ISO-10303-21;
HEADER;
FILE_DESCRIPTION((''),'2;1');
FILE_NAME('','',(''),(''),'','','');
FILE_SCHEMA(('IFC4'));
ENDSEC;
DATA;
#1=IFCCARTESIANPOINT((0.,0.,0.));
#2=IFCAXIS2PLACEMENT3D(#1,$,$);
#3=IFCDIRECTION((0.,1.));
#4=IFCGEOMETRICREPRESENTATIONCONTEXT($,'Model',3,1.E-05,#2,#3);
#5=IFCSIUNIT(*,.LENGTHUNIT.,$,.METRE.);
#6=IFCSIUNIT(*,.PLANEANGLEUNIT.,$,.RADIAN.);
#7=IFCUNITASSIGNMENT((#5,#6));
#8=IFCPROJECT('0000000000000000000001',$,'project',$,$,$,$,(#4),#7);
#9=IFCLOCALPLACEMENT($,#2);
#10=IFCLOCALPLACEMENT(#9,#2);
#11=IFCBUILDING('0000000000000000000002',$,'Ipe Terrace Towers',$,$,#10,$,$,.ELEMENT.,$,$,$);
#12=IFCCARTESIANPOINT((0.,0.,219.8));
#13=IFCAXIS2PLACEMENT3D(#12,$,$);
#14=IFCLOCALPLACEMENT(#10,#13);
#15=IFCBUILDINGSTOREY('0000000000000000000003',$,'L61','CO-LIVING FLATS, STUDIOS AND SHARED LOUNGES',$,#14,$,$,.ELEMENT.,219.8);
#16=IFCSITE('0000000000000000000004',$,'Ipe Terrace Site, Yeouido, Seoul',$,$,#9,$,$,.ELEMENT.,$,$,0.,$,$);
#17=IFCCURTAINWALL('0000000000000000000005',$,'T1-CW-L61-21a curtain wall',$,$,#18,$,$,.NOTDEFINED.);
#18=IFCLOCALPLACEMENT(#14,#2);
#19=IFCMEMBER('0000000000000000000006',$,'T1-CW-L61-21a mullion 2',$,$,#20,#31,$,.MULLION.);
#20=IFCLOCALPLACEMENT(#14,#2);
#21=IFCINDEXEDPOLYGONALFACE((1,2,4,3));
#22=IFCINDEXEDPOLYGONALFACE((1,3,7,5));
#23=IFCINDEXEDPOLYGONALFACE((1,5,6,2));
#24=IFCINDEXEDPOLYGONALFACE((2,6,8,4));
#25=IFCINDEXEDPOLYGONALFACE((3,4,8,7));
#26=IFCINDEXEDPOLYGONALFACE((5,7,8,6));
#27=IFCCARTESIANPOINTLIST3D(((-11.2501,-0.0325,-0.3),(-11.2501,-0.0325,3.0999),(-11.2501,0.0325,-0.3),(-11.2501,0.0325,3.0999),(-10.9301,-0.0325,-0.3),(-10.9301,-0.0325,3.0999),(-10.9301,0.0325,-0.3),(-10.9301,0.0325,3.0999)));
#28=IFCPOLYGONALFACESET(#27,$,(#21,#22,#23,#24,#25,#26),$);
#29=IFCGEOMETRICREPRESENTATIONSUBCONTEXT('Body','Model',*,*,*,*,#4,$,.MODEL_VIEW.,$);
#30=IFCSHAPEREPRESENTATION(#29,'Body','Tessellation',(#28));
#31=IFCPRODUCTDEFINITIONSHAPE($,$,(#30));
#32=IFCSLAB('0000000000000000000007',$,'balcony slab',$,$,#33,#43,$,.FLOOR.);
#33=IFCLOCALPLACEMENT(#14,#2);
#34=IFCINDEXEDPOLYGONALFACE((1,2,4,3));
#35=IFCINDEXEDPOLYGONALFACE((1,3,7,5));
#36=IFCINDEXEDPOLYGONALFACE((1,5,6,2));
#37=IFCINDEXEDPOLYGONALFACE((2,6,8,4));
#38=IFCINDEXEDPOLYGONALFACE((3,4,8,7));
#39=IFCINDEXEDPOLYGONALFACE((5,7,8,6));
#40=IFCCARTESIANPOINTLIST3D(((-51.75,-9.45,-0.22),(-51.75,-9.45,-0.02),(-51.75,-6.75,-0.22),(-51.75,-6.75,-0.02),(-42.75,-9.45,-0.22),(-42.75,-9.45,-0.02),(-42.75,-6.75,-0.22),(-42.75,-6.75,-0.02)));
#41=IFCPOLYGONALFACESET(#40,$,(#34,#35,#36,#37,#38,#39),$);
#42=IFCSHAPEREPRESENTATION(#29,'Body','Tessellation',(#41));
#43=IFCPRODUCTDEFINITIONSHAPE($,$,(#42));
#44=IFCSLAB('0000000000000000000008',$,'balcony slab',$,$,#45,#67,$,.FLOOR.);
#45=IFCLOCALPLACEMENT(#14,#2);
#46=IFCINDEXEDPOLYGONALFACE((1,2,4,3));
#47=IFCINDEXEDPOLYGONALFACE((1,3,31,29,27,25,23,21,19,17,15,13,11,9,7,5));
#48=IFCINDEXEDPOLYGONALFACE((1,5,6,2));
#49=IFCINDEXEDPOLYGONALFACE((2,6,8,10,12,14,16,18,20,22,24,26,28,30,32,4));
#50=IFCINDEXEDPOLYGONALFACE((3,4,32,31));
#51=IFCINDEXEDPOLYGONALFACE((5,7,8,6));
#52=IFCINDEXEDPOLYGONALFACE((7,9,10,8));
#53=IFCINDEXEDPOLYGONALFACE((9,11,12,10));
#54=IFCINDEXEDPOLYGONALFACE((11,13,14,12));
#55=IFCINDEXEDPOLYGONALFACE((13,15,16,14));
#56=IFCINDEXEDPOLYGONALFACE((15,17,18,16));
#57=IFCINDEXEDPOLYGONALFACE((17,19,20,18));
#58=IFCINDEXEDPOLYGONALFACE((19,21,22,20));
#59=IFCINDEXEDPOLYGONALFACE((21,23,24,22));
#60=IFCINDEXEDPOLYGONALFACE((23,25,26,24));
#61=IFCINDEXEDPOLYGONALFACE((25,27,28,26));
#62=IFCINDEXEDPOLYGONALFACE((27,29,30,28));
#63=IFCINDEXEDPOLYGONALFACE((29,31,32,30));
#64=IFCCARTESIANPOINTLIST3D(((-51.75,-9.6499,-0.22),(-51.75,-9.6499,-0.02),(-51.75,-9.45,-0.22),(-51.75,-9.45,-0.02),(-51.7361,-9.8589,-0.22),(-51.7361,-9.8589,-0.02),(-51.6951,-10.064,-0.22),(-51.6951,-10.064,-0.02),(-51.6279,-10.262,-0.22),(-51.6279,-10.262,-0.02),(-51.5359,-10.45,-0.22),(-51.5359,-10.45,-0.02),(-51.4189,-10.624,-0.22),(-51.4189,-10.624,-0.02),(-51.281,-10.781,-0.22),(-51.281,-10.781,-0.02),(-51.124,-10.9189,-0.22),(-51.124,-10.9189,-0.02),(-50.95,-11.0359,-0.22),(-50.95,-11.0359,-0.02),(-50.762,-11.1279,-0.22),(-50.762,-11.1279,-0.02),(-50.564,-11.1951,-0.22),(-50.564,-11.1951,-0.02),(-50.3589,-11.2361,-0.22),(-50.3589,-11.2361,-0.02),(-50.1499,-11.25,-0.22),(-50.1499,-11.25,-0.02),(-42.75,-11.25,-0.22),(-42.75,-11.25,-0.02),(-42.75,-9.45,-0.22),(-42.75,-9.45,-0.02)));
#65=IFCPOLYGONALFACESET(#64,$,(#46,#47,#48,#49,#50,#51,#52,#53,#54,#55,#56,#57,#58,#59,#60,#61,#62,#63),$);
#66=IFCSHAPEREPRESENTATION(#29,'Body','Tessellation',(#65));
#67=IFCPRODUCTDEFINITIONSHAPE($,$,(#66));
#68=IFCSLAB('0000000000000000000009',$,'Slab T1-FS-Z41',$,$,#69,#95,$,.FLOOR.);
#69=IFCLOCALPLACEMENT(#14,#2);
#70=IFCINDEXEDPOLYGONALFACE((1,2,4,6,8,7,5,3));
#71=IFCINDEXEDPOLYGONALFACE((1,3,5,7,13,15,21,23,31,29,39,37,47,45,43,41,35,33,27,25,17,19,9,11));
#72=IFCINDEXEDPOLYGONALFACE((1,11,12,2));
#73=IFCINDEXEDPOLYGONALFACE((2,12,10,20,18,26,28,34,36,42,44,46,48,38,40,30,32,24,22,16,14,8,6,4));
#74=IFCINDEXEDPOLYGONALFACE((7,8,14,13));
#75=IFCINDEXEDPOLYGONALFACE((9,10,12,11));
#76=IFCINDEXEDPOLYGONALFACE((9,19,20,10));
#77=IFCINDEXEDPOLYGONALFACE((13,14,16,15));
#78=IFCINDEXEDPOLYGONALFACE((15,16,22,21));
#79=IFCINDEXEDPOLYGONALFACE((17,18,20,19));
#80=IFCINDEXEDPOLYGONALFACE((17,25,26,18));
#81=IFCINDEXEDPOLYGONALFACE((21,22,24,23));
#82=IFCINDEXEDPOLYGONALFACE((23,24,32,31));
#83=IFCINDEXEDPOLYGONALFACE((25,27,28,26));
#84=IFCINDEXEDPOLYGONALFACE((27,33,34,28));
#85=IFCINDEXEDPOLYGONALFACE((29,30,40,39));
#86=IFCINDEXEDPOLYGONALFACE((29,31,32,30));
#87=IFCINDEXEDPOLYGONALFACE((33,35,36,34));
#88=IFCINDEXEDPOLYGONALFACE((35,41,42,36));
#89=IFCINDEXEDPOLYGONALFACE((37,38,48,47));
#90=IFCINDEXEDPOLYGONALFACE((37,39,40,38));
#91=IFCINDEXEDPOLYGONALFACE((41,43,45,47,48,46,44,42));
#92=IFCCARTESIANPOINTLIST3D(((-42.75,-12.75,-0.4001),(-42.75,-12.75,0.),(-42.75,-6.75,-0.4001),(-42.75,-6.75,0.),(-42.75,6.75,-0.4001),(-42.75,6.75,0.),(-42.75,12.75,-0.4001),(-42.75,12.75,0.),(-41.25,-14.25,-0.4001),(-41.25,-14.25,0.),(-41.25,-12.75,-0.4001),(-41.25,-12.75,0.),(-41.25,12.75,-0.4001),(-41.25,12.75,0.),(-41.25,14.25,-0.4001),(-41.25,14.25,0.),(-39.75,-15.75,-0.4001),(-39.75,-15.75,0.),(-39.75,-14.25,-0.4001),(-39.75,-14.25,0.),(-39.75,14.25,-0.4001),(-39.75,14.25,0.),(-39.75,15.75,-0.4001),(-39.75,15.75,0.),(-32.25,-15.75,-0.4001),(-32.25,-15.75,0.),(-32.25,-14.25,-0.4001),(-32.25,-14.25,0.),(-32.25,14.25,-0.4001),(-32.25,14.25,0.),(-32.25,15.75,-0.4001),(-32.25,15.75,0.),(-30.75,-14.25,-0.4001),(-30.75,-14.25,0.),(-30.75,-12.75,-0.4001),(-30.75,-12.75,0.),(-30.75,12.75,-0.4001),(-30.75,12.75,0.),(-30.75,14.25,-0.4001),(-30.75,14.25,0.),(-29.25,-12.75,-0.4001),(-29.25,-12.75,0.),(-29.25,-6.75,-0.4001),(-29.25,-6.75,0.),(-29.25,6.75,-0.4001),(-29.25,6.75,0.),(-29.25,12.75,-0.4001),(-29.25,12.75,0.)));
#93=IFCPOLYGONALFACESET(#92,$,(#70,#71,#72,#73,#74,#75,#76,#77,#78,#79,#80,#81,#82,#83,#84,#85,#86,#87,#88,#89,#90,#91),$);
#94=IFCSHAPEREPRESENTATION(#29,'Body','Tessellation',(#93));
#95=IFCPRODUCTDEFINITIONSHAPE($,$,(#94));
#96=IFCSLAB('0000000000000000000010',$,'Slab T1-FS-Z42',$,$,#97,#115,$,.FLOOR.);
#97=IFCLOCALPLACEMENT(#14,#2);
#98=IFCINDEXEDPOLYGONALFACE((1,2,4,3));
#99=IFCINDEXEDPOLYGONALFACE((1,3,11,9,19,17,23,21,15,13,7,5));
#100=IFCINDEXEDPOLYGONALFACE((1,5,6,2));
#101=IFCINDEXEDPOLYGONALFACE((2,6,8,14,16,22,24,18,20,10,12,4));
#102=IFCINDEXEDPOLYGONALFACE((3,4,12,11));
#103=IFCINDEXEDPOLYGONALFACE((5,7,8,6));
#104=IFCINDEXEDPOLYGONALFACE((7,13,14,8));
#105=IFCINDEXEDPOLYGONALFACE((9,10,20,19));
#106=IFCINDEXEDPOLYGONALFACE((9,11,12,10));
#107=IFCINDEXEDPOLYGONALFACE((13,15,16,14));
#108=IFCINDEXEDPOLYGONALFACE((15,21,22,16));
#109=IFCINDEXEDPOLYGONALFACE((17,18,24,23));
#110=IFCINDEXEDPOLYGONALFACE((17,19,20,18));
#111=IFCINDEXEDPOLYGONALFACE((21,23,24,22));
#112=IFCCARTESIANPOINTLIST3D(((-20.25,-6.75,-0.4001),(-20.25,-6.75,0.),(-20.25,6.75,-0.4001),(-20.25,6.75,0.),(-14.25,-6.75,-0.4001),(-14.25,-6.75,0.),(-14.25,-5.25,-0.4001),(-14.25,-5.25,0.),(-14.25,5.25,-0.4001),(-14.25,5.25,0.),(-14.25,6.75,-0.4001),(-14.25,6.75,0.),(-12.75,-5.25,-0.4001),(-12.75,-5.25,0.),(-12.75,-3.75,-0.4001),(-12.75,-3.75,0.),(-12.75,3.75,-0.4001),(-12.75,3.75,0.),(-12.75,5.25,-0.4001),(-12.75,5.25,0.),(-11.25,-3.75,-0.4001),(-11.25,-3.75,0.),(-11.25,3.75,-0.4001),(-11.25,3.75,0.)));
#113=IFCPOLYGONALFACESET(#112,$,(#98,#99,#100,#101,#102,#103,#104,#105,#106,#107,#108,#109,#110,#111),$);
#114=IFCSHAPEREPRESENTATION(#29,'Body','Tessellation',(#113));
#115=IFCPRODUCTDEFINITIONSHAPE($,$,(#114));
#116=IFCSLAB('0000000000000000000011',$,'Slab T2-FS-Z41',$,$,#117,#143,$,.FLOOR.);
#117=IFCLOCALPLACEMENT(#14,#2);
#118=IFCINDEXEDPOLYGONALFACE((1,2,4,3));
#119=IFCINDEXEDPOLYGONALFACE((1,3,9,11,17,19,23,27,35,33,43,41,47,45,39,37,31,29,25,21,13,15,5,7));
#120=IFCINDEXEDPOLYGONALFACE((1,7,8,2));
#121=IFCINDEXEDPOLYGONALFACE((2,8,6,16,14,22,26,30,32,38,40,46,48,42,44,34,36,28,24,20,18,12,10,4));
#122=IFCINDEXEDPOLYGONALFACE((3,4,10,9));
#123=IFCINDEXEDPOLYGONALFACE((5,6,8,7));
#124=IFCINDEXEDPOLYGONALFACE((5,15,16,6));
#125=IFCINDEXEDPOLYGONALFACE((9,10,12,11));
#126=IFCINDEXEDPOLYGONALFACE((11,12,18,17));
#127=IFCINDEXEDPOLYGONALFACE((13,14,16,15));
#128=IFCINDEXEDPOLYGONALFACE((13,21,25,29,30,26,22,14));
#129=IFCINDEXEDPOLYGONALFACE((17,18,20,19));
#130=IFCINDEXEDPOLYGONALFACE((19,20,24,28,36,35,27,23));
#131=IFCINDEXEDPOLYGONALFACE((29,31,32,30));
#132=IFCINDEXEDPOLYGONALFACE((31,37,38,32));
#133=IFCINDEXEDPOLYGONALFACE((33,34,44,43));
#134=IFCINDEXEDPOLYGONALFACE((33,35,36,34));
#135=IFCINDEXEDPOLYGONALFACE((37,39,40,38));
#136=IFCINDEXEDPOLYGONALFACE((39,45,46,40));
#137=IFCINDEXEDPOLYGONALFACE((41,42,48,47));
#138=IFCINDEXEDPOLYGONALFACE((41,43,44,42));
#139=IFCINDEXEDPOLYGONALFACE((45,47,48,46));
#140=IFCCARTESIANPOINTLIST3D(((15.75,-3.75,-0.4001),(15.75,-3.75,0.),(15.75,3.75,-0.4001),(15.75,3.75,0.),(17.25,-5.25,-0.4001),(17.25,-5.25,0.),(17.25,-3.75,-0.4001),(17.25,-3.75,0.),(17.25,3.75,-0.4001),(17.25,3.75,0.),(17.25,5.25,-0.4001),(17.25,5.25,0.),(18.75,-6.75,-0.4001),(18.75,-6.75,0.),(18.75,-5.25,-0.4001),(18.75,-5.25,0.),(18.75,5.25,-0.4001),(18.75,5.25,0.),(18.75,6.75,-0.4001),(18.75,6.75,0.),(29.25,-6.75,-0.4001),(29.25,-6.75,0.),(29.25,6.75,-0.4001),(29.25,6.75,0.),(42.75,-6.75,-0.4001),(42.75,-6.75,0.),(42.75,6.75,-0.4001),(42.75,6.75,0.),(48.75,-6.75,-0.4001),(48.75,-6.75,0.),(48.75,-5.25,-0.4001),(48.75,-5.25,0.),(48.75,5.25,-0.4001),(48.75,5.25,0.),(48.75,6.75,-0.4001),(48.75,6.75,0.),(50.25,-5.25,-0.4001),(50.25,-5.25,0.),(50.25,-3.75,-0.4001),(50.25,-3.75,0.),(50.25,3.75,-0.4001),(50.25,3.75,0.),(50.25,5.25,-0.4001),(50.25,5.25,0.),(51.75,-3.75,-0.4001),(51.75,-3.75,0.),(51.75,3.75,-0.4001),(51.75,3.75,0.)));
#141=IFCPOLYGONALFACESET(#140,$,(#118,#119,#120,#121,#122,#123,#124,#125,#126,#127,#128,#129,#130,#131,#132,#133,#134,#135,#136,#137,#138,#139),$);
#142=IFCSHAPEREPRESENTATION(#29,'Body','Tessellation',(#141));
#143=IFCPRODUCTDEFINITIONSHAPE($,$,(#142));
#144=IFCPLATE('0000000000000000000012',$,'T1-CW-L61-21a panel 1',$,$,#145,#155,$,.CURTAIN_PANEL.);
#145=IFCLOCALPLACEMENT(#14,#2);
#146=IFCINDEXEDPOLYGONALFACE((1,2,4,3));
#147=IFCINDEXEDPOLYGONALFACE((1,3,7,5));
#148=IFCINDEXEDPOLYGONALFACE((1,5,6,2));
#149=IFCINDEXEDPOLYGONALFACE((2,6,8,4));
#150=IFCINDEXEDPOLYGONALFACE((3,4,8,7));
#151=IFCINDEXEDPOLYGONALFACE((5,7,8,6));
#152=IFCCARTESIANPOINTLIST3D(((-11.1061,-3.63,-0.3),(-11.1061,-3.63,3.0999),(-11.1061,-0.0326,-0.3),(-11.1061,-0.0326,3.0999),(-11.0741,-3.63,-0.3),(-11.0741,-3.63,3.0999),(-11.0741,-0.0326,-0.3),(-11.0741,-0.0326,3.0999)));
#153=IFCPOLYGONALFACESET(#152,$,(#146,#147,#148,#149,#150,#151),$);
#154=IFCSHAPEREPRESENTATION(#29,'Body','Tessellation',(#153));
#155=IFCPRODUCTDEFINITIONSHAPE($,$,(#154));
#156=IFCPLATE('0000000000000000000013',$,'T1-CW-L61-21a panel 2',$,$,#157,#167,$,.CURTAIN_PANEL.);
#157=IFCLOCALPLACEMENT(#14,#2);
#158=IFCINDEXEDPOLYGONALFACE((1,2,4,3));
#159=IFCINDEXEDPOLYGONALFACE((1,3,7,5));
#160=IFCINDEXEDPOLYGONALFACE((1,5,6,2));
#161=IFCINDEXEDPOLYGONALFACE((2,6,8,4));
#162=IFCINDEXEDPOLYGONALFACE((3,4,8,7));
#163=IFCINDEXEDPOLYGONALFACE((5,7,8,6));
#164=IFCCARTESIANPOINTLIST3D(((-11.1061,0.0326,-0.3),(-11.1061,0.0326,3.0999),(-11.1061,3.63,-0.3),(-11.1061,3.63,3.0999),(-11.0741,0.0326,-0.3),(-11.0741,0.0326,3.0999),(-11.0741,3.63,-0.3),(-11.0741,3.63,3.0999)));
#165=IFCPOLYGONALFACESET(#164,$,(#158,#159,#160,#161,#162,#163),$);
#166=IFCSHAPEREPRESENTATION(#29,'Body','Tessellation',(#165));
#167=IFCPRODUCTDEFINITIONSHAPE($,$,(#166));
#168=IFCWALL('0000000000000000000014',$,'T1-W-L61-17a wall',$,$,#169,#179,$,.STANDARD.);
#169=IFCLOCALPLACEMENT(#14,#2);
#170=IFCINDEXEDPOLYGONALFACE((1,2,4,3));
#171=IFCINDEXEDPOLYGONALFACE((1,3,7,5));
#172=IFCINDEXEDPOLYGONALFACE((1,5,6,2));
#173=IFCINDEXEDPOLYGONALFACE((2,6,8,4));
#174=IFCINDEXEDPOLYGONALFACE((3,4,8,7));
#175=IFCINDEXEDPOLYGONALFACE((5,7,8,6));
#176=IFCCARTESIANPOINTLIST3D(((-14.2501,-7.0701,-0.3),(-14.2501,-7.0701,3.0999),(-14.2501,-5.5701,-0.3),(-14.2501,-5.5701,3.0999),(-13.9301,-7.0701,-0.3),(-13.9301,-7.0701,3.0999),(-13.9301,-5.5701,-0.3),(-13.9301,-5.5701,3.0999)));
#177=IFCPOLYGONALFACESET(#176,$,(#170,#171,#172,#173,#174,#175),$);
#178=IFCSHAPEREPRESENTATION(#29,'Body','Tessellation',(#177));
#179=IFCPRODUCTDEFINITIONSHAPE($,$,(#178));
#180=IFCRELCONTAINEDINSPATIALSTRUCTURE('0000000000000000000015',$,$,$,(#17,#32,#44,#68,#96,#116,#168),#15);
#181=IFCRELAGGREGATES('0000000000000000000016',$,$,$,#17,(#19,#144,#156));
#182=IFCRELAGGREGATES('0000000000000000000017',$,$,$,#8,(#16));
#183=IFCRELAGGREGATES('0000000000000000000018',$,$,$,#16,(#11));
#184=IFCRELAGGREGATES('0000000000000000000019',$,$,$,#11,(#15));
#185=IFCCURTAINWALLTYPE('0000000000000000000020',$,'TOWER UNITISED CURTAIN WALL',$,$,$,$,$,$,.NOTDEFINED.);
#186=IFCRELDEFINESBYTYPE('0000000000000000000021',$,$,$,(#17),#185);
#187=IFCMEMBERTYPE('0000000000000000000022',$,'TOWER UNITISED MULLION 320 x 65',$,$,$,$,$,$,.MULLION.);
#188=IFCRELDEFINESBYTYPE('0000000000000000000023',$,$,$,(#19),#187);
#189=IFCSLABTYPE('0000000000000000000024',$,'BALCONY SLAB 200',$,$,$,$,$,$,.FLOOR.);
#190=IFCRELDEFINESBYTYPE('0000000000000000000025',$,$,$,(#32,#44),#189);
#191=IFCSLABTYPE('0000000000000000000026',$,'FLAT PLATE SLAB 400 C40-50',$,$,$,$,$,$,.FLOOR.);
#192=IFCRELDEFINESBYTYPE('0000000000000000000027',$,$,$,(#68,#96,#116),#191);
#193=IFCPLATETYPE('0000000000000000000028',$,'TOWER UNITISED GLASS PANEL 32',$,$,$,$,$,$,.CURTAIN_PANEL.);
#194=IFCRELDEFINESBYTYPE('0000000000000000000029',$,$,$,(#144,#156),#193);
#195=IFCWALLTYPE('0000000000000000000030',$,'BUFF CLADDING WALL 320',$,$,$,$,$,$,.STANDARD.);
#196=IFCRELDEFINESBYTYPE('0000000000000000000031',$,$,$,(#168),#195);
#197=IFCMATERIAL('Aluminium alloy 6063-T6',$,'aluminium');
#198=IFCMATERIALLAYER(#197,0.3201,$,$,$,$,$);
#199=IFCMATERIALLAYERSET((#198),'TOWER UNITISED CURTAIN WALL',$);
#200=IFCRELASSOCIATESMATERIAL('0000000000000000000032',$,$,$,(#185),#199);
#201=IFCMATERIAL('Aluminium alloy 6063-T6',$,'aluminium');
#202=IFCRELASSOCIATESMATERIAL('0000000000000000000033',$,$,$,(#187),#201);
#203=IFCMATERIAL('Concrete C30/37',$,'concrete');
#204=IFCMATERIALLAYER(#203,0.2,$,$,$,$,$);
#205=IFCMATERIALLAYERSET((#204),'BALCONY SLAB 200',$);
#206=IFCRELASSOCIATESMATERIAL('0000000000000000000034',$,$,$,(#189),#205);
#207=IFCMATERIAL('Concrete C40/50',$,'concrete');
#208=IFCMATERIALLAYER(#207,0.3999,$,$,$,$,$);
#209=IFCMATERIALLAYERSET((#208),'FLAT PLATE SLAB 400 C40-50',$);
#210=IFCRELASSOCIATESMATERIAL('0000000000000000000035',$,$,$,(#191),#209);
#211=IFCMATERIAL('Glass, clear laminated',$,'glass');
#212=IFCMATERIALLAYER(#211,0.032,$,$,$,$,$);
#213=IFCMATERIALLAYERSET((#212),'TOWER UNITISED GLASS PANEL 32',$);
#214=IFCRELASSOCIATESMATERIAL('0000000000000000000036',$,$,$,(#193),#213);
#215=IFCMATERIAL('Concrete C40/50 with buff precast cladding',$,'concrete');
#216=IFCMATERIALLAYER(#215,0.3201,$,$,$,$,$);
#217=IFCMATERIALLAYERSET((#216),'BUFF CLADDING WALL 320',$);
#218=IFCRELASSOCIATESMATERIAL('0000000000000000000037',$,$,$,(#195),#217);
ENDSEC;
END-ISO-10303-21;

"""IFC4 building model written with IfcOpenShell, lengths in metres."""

from ifc_helpers import new_model, si_unit, direction, frame, frame_2d, origin, origin_2d, place, context, subcontext, project, spatial, polyline, rectangle, outline, extrude, material, layer, layer_set, material_profile, profile_set, type_object, element, aggregate, save


model = new_model("IFC4")

# Units and contexts
model_context = context("Model", 3, precision=1e-05, world=origin(), true_north=direction((0.0, 1.0)))
body_context = subcontext(model_context, "Body", "Model", "MODEL_VIEW")
ifc_project = project(units=[si_unit("LENGTHUNIT", "METRE"), si_unit("PLANEANGLEUNIT", "RADIAN")], contexts=[model_context])

# Site, building, storey
site_placement = place(None, origin())
site = spatial("IfcSite", under=ifc_project, at=site_placement, Name="Ipe Terrace Site, Yeouido, Seoul", CompositionType="ELEMENT", RefElevation=0.0)
building_placement = place(site_placement, origin())
building = spatial("IfcBuilding", under=site, at=building_placement, Name="Ipe Terrace Towers", CompositionType="ELEMENT")
storey_placement = place(building_placement, frame((0.0, 0.0, 219.8)))
storey = spatial("IfcBuildingStorey", under=building, at=storey_placement, Name="L61", Description="CO-LIVING FLATS, STUDIOS AND SHARED LOUNGES", CompositionType="ELEMENT", Elevation=219.8)

# Curtain wall, member
ifc_material_1 = material(Name="Aluminium alloy 6063-T6", Category="aluminium")
ifc_layer_1 = layer(ifc_material_1, 0.3201)
ifc_layer_set_1 = layer_set([ifc_layer_1], Name="TOWER UNITISED CURTAIN WALL")
curtain_wall_type = type_object("IfcCurtainWallType", Name="TOWER UNITISED CURTAIN WALL", PredefinedType="NOTDEFINED", material=ifc_layer_set_1)
curtain_wall_placement = place(storey_placement, origin())
curtain_wall = element("IfcCurtainWall", 1, at=curtain_wall_placement, inside=storey, type_object=curtain_wall_type, Name="T1-CW-L61-21a curtain wall", PredefinedType="NOTDEFINED")
ifc_material_2 = material(Name="Aluminium alloy 6063-T6", Category="aluminium")
ifc_material_profile_1 = material_profile(ifc_material_2, rectangle(XDim=0.3201, YDim=0.0649, at=origin_2d()), Name="TOWER UNITISED MULLION 320 x 65")
ifc_profile_set_1 = profile_set([ifc_material_profile_1], Name="Aluminium alloy 6063-T6")
member_type_1 = type_object("IfcMemberType", Name="TOWER UNITISED MULLION 320 x 65", PredefinedType="MULLION", material=ifc_profile_set_1)
member_1_placement = place(storey_placement, frame((-11.0901, 0.0, -0.3), z_axis=(0.0, 0.0, 1.0), x_axis=(1.0, 0.0, 0.0)))
member_1 = element("IfcMember", 2, at=member_1_placement, type_object=member_type_1, Name="T1-CW-L61-21a mullion 2", PredefinedType="MULLION", context=body_context, shape_type="SweptSolid", body=[
    extrude(rectangle(XDim=0.3201, YDim=0.0649, at=origin_2d()), origin(), (0.0, 0.0, 1.0), 3.3999),
])

# Slabs
ifc_material_3 = material(Name="Concrete C30/37", Category="concrete")
ifc_layer_2 = layer(ifc_material_3, 0.2)
ifc_layer_set_2 = layer_set([ifc_layer_2], Name="BALCONY SLAB 200")
slab_type_1 = type_object("IfcSlabType", Name="BALCONY SLAB 200", PredefinedType="FLOOR", material=ifc_layer_set_2)
slab_1_placement = place(storey_placement, frame((0.0, 0.0, -0.22)))
element("IfcSlab", 3, at=slab_1_placement, inside=storey, type_object=slab_type_1, Name="balcony slab", PredefinedType="FLOOR", context=body_context, shape_type="SweptSolid", body=[
    extrude(outline(polyline([(-51.75, -6.75), (-51.75, -9.45), (-42.75, -9.45), (-42.75, -6.75), (-51.75, -6.75)])), origin(), (0.0, 0.0, 1.0), 0.2),
])
slab_2_placement = place(storey_placement, frame((0.0, 0.0, -0.22)))
element("IfcSlab", 4, at=slab_2_placement, inside=storey, type_object=slab_type_1, Name="balcony slab", PredefinedType="FLOOR", context=body_context, shape_type="SweptSolid", body=[
    extrude(outline(polyline([(-42.75, -11.25), (-42.75, -9.45), (-51.75, -9.45), (-51.75, -9.6499), (-51.7361, -9.8589), (-51.6951, -10.064), (-51.6279, -10.262), (-51.5359, -10.45), (-51.4189, -10.624), (-51.281, -10.781), (-51.124, -10.9189), (-50.95, -11.0359), (-50.762, -11.1279), (-50.564, -11.1951), (-50.3589, -11.2361), (-50.1499, -11.25), (-42.75, -11.25)])), origin(), (0.0, 0.0, 1.0), 0.2),
])
ifc_material_4 = material(Name="Concrete C40/50", Category="concrete")
ifc_layer_3 = layer(ifc_material_4, 0.3999)
ifc_layer_set_3 = layer_set([ifc_layer_3], Name="FLAT PLATE SLAB 400 C40-50")
slab_type_2 = type_object("IfcSlabType", Name="FLAT PLATE SLAB 400 C40-50", PredefinedType="FLOOR", material=ifc_layer_set_3)
slab_3_placement = place(storey_placement, frame((0.0, 0.0, -0.4001)))
element("IfcSlab", 5, at=slab_3_placement, inside=storey, type_object=slab_type_2, Name="Slab T1-FS-Z41", PredefinedType="FLOOR", context=body_context, shape_type="SweptSolid", body=[
    extrude(outline(polyline([(-30.75, -12.75), (-30.75, -14.25), (-32.25, -14.25), (-32.25, -15.75), (-39.75, -15.75), (-39.75, -14.25), (-41.25, -14.25), (-41.25, -12.75), (-42.75, -12.75), (-42.75, -6.75), (-42.75, 6.75), (-42.75, 12.75), (-41.25, 12.75), (-41.25, 14.25), (-39.75, 14.25), (-39.75, 15.75), (-32.25, 15.75), (-32.25, 14.25), (-30.75, 14.25), (-30.75, 12.75), (-29.25, 12.75), (-29.25, 6.75), (-29.25, -6.75), (-29.25, -12.75), (-30.75, -12.75)])), origin(), (0.0, 0.0, 1.0), 0.4001),
])
slab_4_placement = place(storey_placement, frame((0.0, 0.0, -0.4001)))
element("IfcSlab", 6, at=slab_4_placement, inside=storey, type_object=slab_type_2, Name="Slab T1-FS-Z42", PredefinedType="FLOOR", context=body_context, shape_type="SweptSolid", body=[
    extrude(outline(polyline([(-14.25, 5.25), (-12.75, 5.25), (-12.75, 3.75), (-11.25, 3.75), (-11.25, -3.75), (-12.75, -3.75), (-12.75, -5.25), (-14.25, -5.25), (-14.25, -6.75), (-20.25, -6.75), (-20.25, 6.75), (-14.25, 6.75), (-14.25, 5.25)])), origin(), (0.0, 0.0, 1.0), 0.4001),
])
slab_5_placement = place(storey_placement, frame((0.0, 0.0, -0.4001)))
element("IfcSlab", 7, at=slab_5_placement, inside=storey, type_object=slab_type_2, Name="Slab T2-FS-Z41", PredefinedType="FLOOR", context=body_context, shape_type="SweptSolid", body=[
    extrude(outline(polyline([(48.75, 5.25), (50.25, 5.25), (50.25, 3.75), (51.75, 3.75), (51.75, -3.75), (50.25, -3.75), (50.25, -5.25), (48.75, -5.25), (48.75, -6.75), (42.75, -6.75), (29.25, -6.75), (18.75, -6.75), (18.75, -5.25), (17.25, -5.25), (17.25, -3.75), (15.75, -3.75), (15.75, 3.75), (17.25, 3.75), (17.25, 5.25), (18.75, 5.25), (18.75, 6.75), (29.25, 6.75), (42.75, 6.75), (48.75, 6.75), (48.75, 5.25)])), origin(), (0.0, 0.0, 1.0), 0.4001),
])

# Plates
ifc_material_5 = material(Name="Glass, clear laminated", Category="glass")
ifc_layer_4 = layer(ifc_material_5, 0.032)
ifc_layer_set_4 = layer_set([ifc_layer_4], Name="TOWER UNITISED GLASS PANEL 32")
plate_type = type_object("IfcPlateType", Name="TOWER UNITISED GLASS PANEL 32", PredefinedType="CURTAIN_PANEL", material=ifc_layer_set_4)
plate_1_placement = place(storey_placement, frame((-11.0901, -1.8313, -0.3), z_axis=(0.0, 0.0, 1.0), x_axis=(0.0, 1.0, 0.0)))
plate_1 = element("IfcPlate", 8, at=plate_1_placement, type_object=plate_type, Name="T1-CW-L61-21a panel 1", PredefinedType="CURTAIN_PANEL", context=body_context, shape_type="SweptSolid", body=[
    extrude(rectangle(XDim=3.5974, YDim=0.032, at=origin_2d()), origin(), (0.0, 0.0, 1.0), 3.3999),
])
plate_2_placement = place(storey_placement, frame((-11.0901, 1.8313, -0.3), z_axis=(0.0, 0.0, 1.0), x_axis=(0.0, 1.0, 0.0)))
plate_2 = element("IfcPlate", 9, at=plate_2_placement, type_object=plate_type, Name="T1-CW-L61-21a panel 2", PredefinedType="CURTAIN_PANEL", context=body_context, shape_type="SweptSolid", body=[
    extrude(rectangle(XDim=3.5974, YDim=0.032, at=origin_2d()), origin(), (0.0, 0.0, 1.0), 3.3999),
])
aggregate(curtain_wall, [member_1, plate_1, plate_2])

# Wall
ifc_material_6 = material(Name="Concrete C40/50 with buff precast cladding", Category="concrete")
ifc_layer_5 = layer(ifc_material_6, 0.3201)
ifc_layer_set_5 = layer_set([ifc_layer_5], Name="BUFF CLADDING WALL 320")
wall_type = type_object("IfcWallType", Name="BUFF CLADDING WALL 320", PredefinedType="STANDARD", material=ifc_layer_set_5)
wall_1_placement = place(storey_placement, frame((-14.0901, -7.0701, -0.3), z_axis=(0.0, 0.0, 1.0), x_axis=(0.0, 1.0, 0.0)))
element("IfcWall", 10, at=wall_1_placement, inside=storey, type_object=wall_type, Name="T1-W-L61-17a wall", PredefinedType="STANDARD", context=body_context, shape_type="SweptSolid", body=[
    extrude(rectangle(XDim=1.5, YDim=0.3201, at=frame_2d((0.75, 0.0))), origin(), (0.0, 0.0, 1.0), 3.3999),
])

save(model, "model.ifc")
